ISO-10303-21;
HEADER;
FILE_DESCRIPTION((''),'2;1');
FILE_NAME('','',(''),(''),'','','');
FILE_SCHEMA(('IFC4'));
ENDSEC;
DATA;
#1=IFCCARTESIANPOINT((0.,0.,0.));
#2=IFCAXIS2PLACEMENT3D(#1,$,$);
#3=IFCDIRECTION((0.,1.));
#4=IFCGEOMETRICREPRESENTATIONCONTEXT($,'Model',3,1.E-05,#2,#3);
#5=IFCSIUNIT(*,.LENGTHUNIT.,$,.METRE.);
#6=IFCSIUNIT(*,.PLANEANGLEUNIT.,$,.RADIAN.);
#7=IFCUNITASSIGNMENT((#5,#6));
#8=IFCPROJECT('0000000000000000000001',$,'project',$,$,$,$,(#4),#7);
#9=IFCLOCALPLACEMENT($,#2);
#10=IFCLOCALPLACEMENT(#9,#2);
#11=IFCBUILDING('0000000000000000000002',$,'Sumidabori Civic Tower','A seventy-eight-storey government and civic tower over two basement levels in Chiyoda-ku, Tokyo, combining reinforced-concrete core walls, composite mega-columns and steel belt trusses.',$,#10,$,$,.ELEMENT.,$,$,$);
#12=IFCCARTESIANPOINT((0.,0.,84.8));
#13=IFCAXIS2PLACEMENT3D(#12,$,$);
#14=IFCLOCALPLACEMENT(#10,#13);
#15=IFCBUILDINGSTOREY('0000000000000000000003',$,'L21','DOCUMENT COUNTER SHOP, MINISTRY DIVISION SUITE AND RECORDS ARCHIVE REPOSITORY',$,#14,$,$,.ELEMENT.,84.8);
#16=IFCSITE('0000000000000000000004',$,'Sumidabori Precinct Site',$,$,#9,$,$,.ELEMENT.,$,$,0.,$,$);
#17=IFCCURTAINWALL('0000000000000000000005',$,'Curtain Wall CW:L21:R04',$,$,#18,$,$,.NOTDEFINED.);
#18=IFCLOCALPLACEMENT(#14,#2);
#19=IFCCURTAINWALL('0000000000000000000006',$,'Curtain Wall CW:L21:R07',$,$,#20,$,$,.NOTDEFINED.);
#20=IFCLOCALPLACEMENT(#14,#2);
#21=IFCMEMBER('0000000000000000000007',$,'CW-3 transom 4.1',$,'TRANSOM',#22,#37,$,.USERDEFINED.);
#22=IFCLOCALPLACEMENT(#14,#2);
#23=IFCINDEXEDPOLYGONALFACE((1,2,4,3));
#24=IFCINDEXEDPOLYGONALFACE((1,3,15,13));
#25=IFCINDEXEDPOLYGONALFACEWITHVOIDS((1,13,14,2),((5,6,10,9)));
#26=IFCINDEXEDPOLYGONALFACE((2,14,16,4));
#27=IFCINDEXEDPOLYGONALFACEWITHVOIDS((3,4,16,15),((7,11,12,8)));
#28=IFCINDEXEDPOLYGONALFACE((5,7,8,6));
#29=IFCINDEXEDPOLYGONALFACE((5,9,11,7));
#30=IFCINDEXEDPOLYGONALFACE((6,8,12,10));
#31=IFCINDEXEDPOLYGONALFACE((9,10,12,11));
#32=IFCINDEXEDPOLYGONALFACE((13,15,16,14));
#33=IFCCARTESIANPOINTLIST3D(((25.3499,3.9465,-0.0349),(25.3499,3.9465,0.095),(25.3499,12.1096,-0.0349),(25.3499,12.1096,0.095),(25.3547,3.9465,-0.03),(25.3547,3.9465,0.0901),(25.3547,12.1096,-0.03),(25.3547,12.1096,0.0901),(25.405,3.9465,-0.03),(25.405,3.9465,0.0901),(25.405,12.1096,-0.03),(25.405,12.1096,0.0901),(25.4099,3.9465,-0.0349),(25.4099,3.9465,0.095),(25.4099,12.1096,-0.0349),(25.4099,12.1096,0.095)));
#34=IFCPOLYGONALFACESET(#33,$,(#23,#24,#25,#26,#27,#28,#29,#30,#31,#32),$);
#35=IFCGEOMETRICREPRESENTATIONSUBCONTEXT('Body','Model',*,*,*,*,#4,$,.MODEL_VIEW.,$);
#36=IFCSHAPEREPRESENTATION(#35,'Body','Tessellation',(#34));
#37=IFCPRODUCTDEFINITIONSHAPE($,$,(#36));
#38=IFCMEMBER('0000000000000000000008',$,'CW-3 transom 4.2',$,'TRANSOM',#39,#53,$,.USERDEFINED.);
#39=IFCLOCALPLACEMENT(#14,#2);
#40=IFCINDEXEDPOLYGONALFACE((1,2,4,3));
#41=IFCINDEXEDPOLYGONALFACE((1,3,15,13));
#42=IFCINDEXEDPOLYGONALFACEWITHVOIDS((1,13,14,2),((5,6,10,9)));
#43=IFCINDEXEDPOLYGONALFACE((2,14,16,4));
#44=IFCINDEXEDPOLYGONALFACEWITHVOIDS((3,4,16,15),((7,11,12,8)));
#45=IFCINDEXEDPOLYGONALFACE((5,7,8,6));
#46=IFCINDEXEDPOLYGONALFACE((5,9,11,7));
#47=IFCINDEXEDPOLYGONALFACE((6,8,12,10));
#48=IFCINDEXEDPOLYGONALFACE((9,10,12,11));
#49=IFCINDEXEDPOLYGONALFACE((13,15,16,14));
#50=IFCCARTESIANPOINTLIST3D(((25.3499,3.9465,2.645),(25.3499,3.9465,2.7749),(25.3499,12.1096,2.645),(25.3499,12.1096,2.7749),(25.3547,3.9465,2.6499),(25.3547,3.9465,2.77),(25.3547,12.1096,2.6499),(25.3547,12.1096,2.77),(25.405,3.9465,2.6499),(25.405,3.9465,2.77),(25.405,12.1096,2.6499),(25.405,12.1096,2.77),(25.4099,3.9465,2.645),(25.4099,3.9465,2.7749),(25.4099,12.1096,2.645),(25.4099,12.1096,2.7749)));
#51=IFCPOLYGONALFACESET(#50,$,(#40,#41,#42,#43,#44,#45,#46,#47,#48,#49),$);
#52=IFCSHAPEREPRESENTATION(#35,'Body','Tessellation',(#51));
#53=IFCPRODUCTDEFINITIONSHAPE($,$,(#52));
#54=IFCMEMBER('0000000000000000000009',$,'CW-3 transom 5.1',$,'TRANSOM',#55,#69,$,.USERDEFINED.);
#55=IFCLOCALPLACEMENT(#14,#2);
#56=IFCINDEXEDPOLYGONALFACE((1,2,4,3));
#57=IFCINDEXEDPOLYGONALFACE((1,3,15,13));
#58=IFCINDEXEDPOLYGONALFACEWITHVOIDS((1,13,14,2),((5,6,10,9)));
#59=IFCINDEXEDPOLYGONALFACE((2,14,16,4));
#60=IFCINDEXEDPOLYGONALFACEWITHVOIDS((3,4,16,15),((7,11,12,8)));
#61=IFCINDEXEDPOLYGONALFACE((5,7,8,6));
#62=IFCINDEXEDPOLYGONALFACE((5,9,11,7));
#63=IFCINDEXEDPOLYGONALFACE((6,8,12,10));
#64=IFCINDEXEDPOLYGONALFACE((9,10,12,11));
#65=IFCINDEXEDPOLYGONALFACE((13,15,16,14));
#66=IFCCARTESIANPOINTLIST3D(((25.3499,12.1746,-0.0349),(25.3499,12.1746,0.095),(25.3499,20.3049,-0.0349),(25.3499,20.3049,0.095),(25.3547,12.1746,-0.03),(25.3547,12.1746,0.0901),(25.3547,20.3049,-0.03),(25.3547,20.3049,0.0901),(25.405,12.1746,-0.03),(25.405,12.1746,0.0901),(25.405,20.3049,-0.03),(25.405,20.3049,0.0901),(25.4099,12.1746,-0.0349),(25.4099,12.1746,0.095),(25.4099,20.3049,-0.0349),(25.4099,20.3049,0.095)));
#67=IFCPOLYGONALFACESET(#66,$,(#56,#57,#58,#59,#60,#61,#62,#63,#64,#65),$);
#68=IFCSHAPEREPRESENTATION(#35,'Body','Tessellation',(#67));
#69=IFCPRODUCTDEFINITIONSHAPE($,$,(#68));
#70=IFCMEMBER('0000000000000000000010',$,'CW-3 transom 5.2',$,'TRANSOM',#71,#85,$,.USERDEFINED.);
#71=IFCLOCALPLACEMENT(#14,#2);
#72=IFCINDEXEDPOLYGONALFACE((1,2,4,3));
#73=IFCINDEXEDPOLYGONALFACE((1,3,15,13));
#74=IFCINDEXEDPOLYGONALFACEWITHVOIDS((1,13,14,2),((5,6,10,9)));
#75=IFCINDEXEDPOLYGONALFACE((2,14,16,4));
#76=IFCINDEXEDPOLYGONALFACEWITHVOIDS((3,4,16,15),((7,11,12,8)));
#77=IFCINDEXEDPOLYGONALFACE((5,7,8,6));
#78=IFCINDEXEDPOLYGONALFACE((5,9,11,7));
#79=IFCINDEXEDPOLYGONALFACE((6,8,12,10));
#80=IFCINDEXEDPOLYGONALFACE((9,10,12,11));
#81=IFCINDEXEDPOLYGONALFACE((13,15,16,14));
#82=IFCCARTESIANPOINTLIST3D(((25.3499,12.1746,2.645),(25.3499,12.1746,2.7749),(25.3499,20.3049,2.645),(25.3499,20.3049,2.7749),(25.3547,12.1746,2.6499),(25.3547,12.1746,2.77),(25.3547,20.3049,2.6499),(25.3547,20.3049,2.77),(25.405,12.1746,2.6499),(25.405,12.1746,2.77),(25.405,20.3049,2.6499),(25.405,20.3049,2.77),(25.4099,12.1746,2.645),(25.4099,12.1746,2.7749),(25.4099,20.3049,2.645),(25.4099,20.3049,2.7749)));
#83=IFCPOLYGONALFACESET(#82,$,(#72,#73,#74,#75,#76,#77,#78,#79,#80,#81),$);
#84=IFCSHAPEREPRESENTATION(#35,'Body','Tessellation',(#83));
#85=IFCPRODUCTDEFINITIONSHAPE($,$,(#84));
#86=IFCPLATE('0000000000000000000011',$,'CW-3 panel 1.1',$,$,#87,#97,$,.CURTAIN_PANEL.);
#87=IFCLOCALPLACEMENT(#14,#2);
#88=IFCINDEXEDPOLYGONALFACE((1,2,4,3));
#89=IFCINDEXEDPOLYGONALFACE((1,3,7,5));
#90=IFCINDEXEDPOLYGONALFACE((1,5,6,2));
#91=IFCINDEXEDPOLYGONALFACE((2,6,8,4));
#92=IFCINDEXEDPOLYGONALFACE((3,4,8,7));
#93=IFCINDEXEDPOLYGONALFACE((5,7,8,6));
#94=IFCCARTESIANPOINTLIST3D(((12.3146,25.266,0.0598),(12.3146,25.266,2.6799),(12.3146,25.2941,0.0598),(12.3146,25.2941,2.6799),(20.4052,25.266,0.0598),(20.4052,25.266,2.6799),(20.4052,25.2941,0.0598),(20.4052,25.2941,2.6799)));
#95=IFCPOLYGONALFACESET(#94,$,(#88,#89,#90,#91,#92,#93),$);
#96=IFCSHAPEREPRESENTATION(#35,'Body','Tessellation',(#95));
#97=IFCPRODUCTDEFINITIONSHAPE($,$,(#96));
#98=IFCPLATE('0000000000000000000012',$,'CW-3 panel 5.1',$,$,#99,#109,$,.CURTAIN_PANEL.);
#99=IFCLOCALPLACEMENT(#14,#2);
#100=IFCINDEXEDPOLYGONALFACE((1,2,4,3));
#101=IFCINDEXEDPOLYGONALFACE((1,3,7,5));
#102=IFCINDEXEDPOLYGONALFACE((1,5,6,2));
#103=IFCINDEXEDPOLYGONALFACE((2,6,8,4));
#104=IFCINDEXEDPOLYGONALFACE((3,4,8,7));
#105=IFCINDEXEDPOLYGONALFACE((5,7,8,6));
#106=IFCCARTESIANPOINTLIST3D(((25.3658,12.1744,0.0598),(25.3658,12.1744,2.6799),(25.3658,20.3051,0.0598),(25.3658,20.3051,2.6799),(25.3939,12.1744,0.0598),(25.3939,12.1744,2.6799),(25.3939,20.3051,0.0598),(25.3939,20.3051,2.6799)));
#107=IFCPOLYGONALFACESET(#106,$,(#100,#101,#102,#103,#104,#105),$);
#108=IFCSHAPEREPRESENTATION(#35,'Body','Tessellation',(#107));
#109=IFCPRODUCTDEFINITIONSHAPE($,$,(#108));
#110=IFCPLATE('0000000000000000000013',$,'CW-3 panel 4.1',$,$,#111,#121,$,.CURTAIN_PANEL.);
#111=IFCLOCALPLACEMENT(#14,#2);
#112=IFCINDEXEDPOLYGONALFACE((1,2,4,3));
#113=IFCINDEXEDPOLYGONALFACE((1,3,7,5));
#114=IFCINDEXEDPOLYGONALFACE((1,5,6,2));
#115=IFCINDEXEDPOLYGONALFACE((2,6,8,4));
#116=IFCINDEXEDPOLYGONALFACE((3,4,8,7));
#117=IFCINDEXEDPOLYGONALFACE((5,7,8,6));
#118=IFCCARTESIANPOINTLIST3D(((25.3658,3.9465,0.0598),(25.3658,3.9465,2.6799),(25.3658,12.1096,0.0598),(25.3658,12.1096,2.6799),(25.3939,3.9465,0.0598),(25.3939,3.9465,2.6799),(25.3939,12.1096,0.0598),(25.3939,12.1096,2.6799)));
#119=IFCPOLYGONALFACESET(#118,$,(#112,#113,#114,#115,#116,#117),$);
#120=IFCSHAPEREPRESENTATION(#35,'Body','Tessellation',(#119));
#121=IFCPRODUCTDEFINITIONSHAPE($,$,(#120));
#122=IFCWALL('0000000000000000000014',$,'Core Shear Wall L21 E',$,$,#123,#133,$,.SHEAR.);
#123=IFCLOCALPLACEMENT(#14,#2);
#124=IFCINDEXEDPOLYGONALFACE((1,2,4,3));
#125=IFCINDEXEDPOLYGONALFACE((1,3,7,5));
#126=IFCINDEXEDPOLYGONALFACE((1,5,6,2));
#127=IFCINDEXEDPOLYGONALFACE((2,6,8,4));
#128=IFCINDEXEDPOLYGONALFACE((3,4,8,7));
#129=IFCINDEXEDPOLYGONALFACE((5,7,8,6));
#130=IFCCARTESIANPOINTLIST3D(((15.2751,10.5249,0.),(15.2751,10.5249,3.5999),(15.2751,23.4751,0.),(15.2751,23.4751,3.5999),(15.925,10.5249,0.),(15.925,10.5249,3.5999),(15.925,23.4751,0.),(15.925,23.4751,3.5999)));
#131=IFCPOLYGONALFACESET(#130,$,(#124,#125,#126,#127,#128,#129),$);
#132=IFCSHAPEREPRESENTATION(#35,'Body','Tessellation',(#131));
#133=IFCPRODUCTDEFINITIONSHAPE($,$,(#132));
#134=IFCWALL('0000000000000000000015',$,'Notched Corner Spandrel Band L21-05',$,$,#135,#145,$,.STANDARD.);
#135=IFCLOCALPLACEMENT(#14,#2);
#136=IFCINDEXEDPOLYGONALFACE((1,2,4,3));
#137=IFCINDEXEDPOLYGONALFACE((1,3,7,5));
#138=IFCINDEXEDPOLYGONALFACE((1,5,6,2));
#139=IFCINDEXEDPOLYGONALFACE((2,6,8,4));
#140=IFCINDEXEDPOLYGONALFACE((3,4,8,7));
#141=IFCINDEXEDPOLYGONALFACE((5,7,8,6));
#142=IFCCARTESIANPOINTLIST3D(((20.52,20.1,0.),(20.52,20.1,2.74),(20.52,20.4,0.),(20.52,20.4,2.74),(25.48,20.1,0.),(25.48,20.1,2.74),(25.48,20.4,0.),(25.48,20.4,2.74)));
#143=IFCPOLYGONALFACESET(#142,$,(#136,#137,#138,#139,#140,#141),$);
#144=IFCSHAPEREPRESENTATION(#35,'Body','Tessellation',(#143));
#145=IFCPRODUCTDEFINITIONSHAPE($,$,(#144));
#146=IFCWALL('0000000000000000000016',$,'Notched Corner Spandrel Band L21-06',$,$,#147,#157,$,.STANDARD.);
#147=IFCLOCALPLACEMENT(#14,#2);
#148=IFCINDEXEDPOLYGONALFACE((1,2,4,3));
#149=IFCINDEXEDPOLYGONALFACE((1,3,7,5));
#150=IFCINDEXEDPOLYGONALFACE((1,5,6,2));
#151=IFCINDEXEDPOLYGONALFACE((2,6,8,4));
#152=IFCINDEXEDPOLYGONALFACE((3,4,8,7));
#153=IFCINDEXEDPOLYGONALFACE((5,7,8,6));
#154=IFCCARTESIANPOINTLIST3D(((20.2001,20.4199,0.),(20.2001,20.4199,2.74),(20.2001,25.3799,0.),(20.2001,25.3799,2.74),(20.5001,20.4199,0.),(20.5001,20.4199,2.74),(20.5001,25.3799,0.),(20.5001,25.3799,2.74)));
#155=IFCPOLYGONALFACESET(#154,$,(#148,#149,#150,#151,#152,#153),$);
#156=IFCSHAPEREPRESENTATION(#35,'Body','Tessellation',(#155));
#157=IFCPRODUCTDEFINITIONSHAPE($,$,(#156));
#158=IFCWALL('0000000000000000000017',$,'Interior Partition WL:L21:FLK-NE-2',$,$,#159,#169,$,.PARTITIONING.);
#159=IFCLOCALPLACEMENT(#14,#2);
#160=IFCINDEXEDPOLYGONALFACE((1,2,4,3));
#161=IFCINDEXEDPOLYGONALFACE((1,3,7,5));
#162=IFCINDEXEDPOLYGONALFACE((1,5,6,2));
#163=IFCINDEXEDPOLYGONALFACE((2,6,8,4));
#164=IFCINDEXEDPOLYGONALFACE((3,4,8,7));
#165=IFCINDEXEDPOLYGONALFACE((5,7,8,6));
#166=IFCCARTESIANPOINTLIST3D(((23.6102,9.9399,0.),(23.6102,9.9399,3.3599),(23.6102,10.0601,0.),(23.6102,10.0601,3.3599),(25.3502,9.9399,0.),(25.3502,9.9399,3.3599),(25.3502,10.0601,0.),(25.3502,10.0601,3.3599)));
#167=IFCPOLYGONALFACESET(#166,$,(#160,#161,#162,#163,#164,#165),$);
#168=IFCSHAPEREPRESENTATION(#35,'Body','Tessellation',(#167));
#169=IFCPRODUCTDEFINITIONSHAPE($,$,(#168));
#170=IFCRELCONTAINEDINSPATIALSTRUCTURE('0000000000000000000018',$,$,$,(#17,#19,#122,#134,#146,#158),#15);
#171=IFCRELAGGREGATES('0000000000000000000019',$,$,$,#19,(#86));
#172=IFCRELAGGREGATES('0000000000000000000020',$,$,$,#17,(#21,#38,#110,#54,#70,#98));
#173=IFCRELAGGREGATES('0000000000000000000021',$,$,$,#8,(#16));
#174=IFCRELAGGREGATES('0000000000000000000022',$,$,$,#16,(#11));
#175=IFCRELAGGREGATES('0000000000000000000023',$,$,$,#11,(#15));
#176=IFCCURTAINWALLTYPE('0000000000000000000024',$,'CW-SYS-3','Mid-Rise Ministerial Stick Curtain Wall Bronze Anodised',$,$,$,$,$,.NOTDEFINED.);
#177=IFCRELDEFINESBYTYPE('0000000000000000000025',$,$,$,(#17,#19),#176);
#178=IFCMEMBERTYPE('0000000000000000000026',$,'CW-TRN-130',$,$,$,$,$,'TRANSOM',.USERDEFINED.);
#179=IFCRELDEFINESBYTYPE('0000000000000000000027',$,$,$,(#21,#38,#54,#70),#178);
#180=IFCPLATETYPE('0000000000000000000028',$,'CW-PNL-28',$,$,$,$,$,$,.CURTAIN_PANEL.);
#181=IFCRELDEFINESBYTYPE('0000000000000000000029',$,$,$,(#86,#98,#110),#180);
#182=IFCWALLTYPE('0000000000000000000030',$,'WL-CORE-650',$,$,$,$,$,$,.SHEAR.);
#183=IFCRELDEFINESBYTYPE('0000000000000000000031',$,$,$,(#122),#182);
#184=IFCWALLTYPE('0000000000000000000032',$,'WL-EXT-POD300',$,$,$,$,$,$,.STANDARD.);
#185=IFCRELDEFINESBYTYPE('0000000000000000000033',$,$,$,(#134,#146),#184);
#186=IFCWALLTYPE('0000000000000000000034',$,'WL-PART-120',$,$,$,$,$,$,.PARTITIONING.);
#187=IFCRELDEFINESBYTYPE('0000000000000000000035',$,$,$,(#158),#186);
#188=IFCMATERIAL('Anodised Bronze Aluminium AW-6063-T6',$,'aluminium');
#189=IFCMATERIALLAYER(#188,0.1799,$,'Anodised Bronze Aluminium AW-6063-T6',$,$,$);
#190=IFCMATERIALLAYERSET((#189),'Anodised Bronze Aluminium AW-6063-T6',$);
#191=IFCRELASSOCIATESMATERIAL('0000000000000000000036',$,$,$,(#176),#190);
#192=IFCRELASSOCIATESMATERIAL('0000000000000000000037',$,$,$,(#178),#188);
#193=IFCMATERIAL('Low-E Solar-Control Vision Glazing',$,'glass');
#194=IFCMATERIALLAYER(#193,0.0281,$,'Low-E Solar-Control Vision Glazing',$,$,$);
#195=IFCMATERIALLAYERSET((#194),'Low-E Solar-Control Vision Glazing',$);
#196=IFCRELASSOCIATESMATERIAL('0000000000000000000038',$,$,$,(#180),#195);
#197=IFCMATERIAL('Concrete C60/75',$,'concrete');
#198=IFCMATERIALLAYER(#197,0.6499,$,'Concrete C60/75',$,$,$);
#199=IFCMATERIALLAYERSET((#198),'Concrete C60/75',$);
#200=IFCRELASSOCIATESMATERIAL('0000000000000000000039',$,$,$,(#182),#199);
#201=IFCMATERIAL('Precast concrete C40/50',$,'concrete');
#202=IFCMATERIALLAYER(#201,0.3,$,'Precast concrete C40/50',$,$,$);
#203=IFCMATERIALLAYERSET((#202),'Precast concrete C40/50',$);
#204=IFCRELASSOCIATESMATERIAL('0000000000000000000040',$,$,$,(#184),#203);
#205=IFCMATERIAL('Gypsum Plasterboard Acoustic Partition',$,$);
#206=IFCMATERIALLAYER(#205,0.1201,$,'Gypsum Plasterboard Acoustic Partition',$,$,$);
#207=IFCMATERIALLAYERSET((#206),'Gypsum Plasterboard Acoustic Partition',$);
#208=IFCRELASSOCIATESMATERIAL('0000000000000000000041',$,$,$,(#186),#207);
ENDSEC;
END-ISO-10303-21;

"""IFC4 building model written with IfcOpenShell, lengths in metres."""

from ifc_helpers import new_model, si_unit, direction, frame, frame_2d, origin, origin_2d, place, context, subcontext, project, spatial, rectangle, hollow_rectangle, extrude, source, transform, mapped, material, layer, layer_set, material_profile, profile_set, type_object, element, aggregate, save


model = new_model("IFC4")

# Units and contexts
model_context = context("Model", 3, precision=1e-05, world=origin(), true_north=direction((0.0, 1.0)))
body_context = subcontext(model_context, "Body", "Model", "MODEL_VIEW")
ifc_project = project(units=[si_unit("LENGTHUNIT", "METRE"), si_unit("PLANEANGLEUNIT", "RADIAN")], contexts=[model_context])

# Site, building, storey
site_placement = place(None, origin())
site = spatial("IfcSite", under=ifc_project, at=site_placement, Name="Sumidabori Precinct Site", CompositionType="ELEMENT", RefElevation=0.0)
building_placement = place(site_placement, origin())
building = spatial("IfcBuilding", under=site, at=building_placement, Name="Sumidabori Civic Tower", Description="A seventy-eight-storey government and civic tower over two basement levels in Chiyoda-ku, Tokyo, combining reinforced-concrete core walls, composite mega-columns and steel belt trusses.", CompositionType="ELEMENT")
storey_placement = place(building_placement, frame((0.0, 0.0, 84.8)))
storey = spatial("IfcBuildingStorey", under=building, at=storey_placement, Name="L21", Description="DOCUMENT COUNTER SHOP, MINISTRY DIVISION SUITE AND RECORDS ARCHIVE REPOSITORY", CompositionType="ELEMENT", Elevation=84.8)

# Shared definitions
ifc_material_1 = material(Name="Concrete C60/75", Category="concrete")

# Curtain walls
ifc_material_2 = material(Name="Anodised Bronze Aluminium AW-6063-T6", Category="aluminium")
ifc_layer_1 = layer(ifc_material_2, 0.1799, Name="Anodised Bronze Aluminium AW-6063-T6")
ifc_layer_set_1 = layer_set([ifc_layer_1], Name="Anodised Bronze Aluminium AW-6063-T6")
curtain_wall_type = type_object("IfcCurtainWallType", Name="CW-SYS-3", Description="Mid-Rise Ministerial Stick Curtain Wall Bronze Anodised", PredefinedType="NOTDEFINED", material=ifc_layer_set_1)
curtain_wall_1_placement = place(storey_placement, origin())
curtain_wall_1 = element("IfcCurtainWall", 1, at=curtain_wall_1_placement, inside=storey, type_object=curtain_wall_type, Name="Curtain Wall CW:L21:R04", PredefinedType="NOTDEFINED")
curtain_wall_2_placement = place(storey_placement, origin())
curtain_wall_2 = element("IfcCurtainWall", 2, at=curtain_wall_2_placement, inside=storey, type_object=curtain_wall_type, Name="Curtain Wall CW:L21:R07", PredefinedType="NOTDEFINED")
ifc_material_profile_1 = material_profile(ifc_material_2, hollow_rectangle(XDim=0.0601, YDim=0.1299, WallThickness=0.0049, at=origin_2d()), Name="ALU TRANSOM 130x60")
ifc_profile_set_1 = profile_set([ifc_material_profile_1], Name="Anodised Bronze Aluminium AW-6063-T6")
member_type_1 = type_object("IfcMemberType", Name="CW-TRN-130", ElementType="TRANSOM", PredefinedType="USERDEFINED", material=ifc_profile_set_1)

# Members
shared_shape_1 = source(origin(), body_context, "Body", "SweptSolid", [
    extrude(hollow_rectangle(XDim=0.0601, YDim=0.1299, WallThickness=0.0049, at=origin_2d()), origin(), (0.0, 0.0, 1.0), 8.1631),
])
member_1_placement = place(storey_placement, frame((25.3799, 3.9465, 0.03), z_axis=(0.0, 1.0, 0.0), x_axis=(-1.0, 0.0, 0.0)))
member_1 = element("IfcMember", 3, at=member_1_placement, type_object=member_type_1, Name="CW-3 transom 4.1", ObjectType="TRANSOM", PredefinedType="USERDEFINED", context=body_context, shape_type="MappedRepresentation", body=[
    mapped(shared_shape_1, transform((0.0, 0.0, 0.0), x_axis=(1.0, 0.0, 0.0), y_axis=(0.0, 1.0, 0.0), z_axis=(0.0, 0.0, 1.0), scale=1.0)),
])
member_2_placement = place(storey_placement, frame((25.3799, 3.9465, 2.71), z_axis=(0.0, 1.0, 0.0), x_axis=(-1.0, 0.0, 0.0)))
member_2 = element("IfcMember", 4, at=member_2_placement, type_object=member_type_1, Name="CW-3 transom 4.2", ObjectType="TRANSOM", PredefinedType="USERDEFINED", context=body_context, shape_type="MappedRepresentation", body=[
    mapped(shared_shape_1, transform((0.0, 0.0, 0.0), x_axis=(1.0, 0.0, 0.0), y_axis=(0.0, 1.0, 0.0), z_axis=(0.0, 0.0, 1.0), scale=1.0)),
])
shared_shape_2 = source(origin(), body_context, "Body", "SweptSolid", [
    extrude(hollow_rectangle(XDim=0.0601, YDim=0.1299, WallThickness=0.0049, at=origin_2d()), origin(), (0.0, 0.0, 1.0), 8.1304),
])
member_3_placement = place(storey_placement, frame((25.3799, 12.1746, 0.03), z_axis=(0.0, 1.0, 0.0), x_axis=(-1.0, 0.0, 0.0)))
member_3 = element("IfcMember", 5, at=member_3_placement, type_object=member_type_1, Name="CW-3 transom 5.1", ObjectType="TRANSOM", PredefinedType="USERDEFINED", context=body_context, shape_type="MappedRepresentation", body=[
    mapped(shared_shape_2, transform((0.0, 0.0, 0.0), x_axis=(1.0, 0.0, 0.0), y_axis=(0.0, 1.0, 0.0), z_axis=(0.0, 0.0, 1.0), scale=1.0)),
])
member_4_placement = place(storey_placement, frame((25.3799, 12.1746, 2.71), z_axis=(0.0, 1.0, 0.0), x_axis=(-1.0, 0.0, 0.0)))
member_4 = element("IfcMember", 6, at=member_4_placement, type_object=member_type_1, Name="CW-3 transom 5.2", ObjectType="TRANSOM", PredefinedType="USERDEFINED", context=body_context, shape_type="MappedRepresentation", body=[
    mapped(shared_shape_2, transform((0.0, 0.0, 0.0), x_axis=(1.0, 0.0, 0.0), y_axis=(0.0, 1.0, 0.0), z_axis=(0.0, 0.0, 1.0), scale=1.0)),
])

# Plates
ifc_material_3 = material(Name="Low-E Solar-Control Vision Glazing", Category="glass")
ifc_layer_2 = layer(ifc_material_3, 0.0281, Name="Low-E Solar-Control Vision Glazing")
ifc_layer_set_2 = layer_set([ifc_layer_2], Name="Low-E Solar-Control Vision Glazing")
plate_type = type_object("IfcPlateType", Name="CW-PNL-28", PredefinedType="CURTAIN_PANEL", material=ifc_layer_set_2)
shared_shape_3 = source(origin(), body_context, "Body", "SweptSolid", [
    extrude(rectangle(XDim=8.0906, YDim=0.0281, at=origin_2d()), origin(), (0.0, 0.0, 1.0), 2.6201),
])
plate_1_placement = place(storey_placement, frame((16.3599, 25.28, 0.0598), z_axis=(0.0, 0.0, 1.0), x_axis=(-1.0, 0.0, 0.0)))
plate_1 = element("IfcPlate", 7, at=plate_1_placement, type_object=plate_type, Name="CW-3 panel 1.1", PredefinedType="CURTAIN_PANEL", context=body_context, shape_type="MappedRepresentation", body=[
    mapped(shared_shape_3, transform((0.0, 0.0, 0.0), x_axis=(1.0, 0.0, 0.0), y_axis=(0.0, 1.0, 0.0), z_axis=(0.0, 0.0, 1.0), scale=1.0)),
])
aggregate(curtain_wall_2, [plate_1])
shared_shape_4 = source(origin(), body_context, "Body", "SweptSolid", [
    extrude(rectangle(XDim=8.1306, YDim=0.0281, at=origin_2d()), origin(), (0.0, 0.0, 1.0), 2.6201),
])
plate_2_placement = place(storey_placement, frame((25.3799, 16.2397, 0.0598), z_axis=(0.0, 0.0, 1.0), x_axis=(0.0, 1.0, 0.0)))
plate_2 = element("IfcPlate", 8, at=plate_2_placement, type_object=plate_type, Name="CW-3 panel 5.1", PredefinedType="CURTAIN_PANEL", context=body_context, shape_type="MappedRepresentation", body=[
    mapped(shared_shape_4, transform((0.0, 0.0, 0.0), x_axis=(1.0, 0.0, 0.0), y_axis=(0.0, 1.0, 0.0), z_axis=(0.0, 0.0, 1.0), scale=1.0)),
])
shared_shape_5 = source(origin(), body_context, "Body", "SweptSolid", [
    extrude(rectangle(XDim=8.1631, YDim=0.0281, at=origin_2d()), origin(), (0.0, 0.0, 1.0), 2.6201),
])
plate_3_placement = place(storey_placement, frame((25.3799, 8.0281, 0.0598), z_axis=(0.0, 0.0, 1.0), x_axis=(0.0, 1.0, 0.0)))
plate_3 = element("IfcPlate", 9, at=plate_3_placement, type_object=plate_type, Name="CW-3 panel 4.1", PredefinedType="CURTAIN_PANEL", context=body_context, shape_type="MappedRepresentation", body=[
    mapped(shared_shape_5, transform((0.0, 0.0, 0.0), x_axis=(1.0, 0.0, 0.0), y_axis=(0.0, 1.0, 0.0), z_axis=(0.0, 0.0, 1.0), scale=1.0)),
])
aggregate(curtain_wall_1, [member_1, member_2, plate_3, member_3, member_4, plate_2])

# Walls
ifc_layer_3 = layer(ifc_material_1, 0.6499, Name="Concrete C60/75")
ifc_layer_set_3 = layer_set([ifc_layer_3], Name="Concrete C60/75")
wall_type_1 = type_object("IfcWallType", Name="WL-CORE-650", PredefinedType="SHEAR", material=ifc_layer_set_3)
shared_shape_6 = source(origin(), body_context, "Body", "SweptSolid", [
    extrude(rectangle(XDim=12.9502, YDim=0.6499, at=frame_2d((6.4751, 0.0))), origin(), (0.0, 0.0, 1.0), 3.5999),
])
wall_1_placement = place(storey_placement, frame((15.6001, 10.5249, 0.0), z_axis=(0.0, 0.0, 1.0), x_axis=(0.0, 1.0, 0.0)))
element("IfcWall", 10, at=wall_1_placement, inside=storey, type_object=wall_type_1, Name="Core Shear Wall L21 E", PredefinedType="SHEAR", context=body_context, shape_type="MappedRepresentation", body=[
    mapped(shared_shape_6, transform((0.0, 0.0, 0.0), x_axis=(1.0, 0.0, 0.0), y_axis=(0.0, 1.0, 0.0), z_axis=(0.0, 0.0, 1.0), scale=1.0)),
])
ifc_material_4 = material(Name="Precast concrete C40/50", Category="concrete")
ifc_layer_4 = layer(ifc_material_4, 0.3, Name="Precast concrete C40/50")
ifc_layer_set_4 = layer_set([ifc_layer_4], Name="Precast concrete C40/50")
wall_type_2 = type_object("IfcWallType", Name="WL-EXT-POD300", PredefinedType="STANDARD", material=ifc_layer_set_4)
shared_shape_7 = source(origin(), body_context, "Body", "SweptSolid", [
    extrude(rectangle(XDim=4.96, YDim=0.3, at=frame_2d((2.48, 0.0))), origin(), (0.0, 0.0, 1.0), 2.74),
])
for number, where, z_axis, x_axis, name in (
    (11, (25.48, 20.25, 0.0), (0.0, 0.0, 1.0), (-1.0, 0.0, 0.0), "Notched Corner Spandrel Band L21-05"),
    (12, (20.3501, 20.4199, 0.0), (0.0, 0.0, 1.0), (0.0, 1.0, 0.0), "Notched Corner Spandrel Band L21-06"),
):
    element("IfcWall", number, at=place(storey_placement, frame(where, z_axis=z_axis, x_axis=x_axis)), inside=storey, type_object=wall_type_2, Name=name, PredefinedType="STANDARD", context=body_context, shape_type="MappedRepresentation", body=[
        mapped(shared_shape_7, transform((0.0, 0.0, 0.0), x_axis=(1.0, 0.0, 0.0), y_axis=(0.0, 1.0, 0.0), z_axis=(0.0, 0.0, 1.0), scale=1.0)),
    ])
ifc_material_5 = material(Name="Gypsum Plasterboard Acoustic Partition")
ifc_layer_5 = layer(ifc_material_5, 0.1201, Name="Gypsum Plasterboard Acoustic Partition")
ifc_layer_set_5 = layer_set([ifc_layer_5], Name="Gypsum Plasterboard Acoustic Partition")
wall_type_3 = type_object("IfcWallType", Name="WL-PART-120", PredefinedType="PARTITIONING", material=ifc_layer_set_5)
shared_shape_8 = source(origin(), body_context, "Body", "SweptSolid", [
    extrude(rectangle(XDim=1.74, YDim=0.1201, at=frame_2d((0.8701, 0.0))), origin(), (0.0, 0.0, 1.0), 3.3599),
])
wall_2_placement = place(storey_placement, frame((23.6101, 10.0, 0.0), z_axis=(0.0, 0.0, 1.0), x_axis=(1.0, 0.0, 0.0)))
element("IfcWall", 13, at=wall_2_placement, inside=storey, type_object=wall_type_3, Name="Interior Partition WL:L21:FLK-NE-2", PredefinedType="PARTITIONING", context=body_context, shape_type="MappedRepresentation", body=[
    mapped(shared_shape_8, transform((0.0, 0.0, 0.0), x_axis=(1.0, 0.0, 0.0), y_axis=(0.0, 1.0, 0.0), z_axis=(0.0, 0.0, 1.0), scale=1.0)),
])

save(model, "model.ifc")
